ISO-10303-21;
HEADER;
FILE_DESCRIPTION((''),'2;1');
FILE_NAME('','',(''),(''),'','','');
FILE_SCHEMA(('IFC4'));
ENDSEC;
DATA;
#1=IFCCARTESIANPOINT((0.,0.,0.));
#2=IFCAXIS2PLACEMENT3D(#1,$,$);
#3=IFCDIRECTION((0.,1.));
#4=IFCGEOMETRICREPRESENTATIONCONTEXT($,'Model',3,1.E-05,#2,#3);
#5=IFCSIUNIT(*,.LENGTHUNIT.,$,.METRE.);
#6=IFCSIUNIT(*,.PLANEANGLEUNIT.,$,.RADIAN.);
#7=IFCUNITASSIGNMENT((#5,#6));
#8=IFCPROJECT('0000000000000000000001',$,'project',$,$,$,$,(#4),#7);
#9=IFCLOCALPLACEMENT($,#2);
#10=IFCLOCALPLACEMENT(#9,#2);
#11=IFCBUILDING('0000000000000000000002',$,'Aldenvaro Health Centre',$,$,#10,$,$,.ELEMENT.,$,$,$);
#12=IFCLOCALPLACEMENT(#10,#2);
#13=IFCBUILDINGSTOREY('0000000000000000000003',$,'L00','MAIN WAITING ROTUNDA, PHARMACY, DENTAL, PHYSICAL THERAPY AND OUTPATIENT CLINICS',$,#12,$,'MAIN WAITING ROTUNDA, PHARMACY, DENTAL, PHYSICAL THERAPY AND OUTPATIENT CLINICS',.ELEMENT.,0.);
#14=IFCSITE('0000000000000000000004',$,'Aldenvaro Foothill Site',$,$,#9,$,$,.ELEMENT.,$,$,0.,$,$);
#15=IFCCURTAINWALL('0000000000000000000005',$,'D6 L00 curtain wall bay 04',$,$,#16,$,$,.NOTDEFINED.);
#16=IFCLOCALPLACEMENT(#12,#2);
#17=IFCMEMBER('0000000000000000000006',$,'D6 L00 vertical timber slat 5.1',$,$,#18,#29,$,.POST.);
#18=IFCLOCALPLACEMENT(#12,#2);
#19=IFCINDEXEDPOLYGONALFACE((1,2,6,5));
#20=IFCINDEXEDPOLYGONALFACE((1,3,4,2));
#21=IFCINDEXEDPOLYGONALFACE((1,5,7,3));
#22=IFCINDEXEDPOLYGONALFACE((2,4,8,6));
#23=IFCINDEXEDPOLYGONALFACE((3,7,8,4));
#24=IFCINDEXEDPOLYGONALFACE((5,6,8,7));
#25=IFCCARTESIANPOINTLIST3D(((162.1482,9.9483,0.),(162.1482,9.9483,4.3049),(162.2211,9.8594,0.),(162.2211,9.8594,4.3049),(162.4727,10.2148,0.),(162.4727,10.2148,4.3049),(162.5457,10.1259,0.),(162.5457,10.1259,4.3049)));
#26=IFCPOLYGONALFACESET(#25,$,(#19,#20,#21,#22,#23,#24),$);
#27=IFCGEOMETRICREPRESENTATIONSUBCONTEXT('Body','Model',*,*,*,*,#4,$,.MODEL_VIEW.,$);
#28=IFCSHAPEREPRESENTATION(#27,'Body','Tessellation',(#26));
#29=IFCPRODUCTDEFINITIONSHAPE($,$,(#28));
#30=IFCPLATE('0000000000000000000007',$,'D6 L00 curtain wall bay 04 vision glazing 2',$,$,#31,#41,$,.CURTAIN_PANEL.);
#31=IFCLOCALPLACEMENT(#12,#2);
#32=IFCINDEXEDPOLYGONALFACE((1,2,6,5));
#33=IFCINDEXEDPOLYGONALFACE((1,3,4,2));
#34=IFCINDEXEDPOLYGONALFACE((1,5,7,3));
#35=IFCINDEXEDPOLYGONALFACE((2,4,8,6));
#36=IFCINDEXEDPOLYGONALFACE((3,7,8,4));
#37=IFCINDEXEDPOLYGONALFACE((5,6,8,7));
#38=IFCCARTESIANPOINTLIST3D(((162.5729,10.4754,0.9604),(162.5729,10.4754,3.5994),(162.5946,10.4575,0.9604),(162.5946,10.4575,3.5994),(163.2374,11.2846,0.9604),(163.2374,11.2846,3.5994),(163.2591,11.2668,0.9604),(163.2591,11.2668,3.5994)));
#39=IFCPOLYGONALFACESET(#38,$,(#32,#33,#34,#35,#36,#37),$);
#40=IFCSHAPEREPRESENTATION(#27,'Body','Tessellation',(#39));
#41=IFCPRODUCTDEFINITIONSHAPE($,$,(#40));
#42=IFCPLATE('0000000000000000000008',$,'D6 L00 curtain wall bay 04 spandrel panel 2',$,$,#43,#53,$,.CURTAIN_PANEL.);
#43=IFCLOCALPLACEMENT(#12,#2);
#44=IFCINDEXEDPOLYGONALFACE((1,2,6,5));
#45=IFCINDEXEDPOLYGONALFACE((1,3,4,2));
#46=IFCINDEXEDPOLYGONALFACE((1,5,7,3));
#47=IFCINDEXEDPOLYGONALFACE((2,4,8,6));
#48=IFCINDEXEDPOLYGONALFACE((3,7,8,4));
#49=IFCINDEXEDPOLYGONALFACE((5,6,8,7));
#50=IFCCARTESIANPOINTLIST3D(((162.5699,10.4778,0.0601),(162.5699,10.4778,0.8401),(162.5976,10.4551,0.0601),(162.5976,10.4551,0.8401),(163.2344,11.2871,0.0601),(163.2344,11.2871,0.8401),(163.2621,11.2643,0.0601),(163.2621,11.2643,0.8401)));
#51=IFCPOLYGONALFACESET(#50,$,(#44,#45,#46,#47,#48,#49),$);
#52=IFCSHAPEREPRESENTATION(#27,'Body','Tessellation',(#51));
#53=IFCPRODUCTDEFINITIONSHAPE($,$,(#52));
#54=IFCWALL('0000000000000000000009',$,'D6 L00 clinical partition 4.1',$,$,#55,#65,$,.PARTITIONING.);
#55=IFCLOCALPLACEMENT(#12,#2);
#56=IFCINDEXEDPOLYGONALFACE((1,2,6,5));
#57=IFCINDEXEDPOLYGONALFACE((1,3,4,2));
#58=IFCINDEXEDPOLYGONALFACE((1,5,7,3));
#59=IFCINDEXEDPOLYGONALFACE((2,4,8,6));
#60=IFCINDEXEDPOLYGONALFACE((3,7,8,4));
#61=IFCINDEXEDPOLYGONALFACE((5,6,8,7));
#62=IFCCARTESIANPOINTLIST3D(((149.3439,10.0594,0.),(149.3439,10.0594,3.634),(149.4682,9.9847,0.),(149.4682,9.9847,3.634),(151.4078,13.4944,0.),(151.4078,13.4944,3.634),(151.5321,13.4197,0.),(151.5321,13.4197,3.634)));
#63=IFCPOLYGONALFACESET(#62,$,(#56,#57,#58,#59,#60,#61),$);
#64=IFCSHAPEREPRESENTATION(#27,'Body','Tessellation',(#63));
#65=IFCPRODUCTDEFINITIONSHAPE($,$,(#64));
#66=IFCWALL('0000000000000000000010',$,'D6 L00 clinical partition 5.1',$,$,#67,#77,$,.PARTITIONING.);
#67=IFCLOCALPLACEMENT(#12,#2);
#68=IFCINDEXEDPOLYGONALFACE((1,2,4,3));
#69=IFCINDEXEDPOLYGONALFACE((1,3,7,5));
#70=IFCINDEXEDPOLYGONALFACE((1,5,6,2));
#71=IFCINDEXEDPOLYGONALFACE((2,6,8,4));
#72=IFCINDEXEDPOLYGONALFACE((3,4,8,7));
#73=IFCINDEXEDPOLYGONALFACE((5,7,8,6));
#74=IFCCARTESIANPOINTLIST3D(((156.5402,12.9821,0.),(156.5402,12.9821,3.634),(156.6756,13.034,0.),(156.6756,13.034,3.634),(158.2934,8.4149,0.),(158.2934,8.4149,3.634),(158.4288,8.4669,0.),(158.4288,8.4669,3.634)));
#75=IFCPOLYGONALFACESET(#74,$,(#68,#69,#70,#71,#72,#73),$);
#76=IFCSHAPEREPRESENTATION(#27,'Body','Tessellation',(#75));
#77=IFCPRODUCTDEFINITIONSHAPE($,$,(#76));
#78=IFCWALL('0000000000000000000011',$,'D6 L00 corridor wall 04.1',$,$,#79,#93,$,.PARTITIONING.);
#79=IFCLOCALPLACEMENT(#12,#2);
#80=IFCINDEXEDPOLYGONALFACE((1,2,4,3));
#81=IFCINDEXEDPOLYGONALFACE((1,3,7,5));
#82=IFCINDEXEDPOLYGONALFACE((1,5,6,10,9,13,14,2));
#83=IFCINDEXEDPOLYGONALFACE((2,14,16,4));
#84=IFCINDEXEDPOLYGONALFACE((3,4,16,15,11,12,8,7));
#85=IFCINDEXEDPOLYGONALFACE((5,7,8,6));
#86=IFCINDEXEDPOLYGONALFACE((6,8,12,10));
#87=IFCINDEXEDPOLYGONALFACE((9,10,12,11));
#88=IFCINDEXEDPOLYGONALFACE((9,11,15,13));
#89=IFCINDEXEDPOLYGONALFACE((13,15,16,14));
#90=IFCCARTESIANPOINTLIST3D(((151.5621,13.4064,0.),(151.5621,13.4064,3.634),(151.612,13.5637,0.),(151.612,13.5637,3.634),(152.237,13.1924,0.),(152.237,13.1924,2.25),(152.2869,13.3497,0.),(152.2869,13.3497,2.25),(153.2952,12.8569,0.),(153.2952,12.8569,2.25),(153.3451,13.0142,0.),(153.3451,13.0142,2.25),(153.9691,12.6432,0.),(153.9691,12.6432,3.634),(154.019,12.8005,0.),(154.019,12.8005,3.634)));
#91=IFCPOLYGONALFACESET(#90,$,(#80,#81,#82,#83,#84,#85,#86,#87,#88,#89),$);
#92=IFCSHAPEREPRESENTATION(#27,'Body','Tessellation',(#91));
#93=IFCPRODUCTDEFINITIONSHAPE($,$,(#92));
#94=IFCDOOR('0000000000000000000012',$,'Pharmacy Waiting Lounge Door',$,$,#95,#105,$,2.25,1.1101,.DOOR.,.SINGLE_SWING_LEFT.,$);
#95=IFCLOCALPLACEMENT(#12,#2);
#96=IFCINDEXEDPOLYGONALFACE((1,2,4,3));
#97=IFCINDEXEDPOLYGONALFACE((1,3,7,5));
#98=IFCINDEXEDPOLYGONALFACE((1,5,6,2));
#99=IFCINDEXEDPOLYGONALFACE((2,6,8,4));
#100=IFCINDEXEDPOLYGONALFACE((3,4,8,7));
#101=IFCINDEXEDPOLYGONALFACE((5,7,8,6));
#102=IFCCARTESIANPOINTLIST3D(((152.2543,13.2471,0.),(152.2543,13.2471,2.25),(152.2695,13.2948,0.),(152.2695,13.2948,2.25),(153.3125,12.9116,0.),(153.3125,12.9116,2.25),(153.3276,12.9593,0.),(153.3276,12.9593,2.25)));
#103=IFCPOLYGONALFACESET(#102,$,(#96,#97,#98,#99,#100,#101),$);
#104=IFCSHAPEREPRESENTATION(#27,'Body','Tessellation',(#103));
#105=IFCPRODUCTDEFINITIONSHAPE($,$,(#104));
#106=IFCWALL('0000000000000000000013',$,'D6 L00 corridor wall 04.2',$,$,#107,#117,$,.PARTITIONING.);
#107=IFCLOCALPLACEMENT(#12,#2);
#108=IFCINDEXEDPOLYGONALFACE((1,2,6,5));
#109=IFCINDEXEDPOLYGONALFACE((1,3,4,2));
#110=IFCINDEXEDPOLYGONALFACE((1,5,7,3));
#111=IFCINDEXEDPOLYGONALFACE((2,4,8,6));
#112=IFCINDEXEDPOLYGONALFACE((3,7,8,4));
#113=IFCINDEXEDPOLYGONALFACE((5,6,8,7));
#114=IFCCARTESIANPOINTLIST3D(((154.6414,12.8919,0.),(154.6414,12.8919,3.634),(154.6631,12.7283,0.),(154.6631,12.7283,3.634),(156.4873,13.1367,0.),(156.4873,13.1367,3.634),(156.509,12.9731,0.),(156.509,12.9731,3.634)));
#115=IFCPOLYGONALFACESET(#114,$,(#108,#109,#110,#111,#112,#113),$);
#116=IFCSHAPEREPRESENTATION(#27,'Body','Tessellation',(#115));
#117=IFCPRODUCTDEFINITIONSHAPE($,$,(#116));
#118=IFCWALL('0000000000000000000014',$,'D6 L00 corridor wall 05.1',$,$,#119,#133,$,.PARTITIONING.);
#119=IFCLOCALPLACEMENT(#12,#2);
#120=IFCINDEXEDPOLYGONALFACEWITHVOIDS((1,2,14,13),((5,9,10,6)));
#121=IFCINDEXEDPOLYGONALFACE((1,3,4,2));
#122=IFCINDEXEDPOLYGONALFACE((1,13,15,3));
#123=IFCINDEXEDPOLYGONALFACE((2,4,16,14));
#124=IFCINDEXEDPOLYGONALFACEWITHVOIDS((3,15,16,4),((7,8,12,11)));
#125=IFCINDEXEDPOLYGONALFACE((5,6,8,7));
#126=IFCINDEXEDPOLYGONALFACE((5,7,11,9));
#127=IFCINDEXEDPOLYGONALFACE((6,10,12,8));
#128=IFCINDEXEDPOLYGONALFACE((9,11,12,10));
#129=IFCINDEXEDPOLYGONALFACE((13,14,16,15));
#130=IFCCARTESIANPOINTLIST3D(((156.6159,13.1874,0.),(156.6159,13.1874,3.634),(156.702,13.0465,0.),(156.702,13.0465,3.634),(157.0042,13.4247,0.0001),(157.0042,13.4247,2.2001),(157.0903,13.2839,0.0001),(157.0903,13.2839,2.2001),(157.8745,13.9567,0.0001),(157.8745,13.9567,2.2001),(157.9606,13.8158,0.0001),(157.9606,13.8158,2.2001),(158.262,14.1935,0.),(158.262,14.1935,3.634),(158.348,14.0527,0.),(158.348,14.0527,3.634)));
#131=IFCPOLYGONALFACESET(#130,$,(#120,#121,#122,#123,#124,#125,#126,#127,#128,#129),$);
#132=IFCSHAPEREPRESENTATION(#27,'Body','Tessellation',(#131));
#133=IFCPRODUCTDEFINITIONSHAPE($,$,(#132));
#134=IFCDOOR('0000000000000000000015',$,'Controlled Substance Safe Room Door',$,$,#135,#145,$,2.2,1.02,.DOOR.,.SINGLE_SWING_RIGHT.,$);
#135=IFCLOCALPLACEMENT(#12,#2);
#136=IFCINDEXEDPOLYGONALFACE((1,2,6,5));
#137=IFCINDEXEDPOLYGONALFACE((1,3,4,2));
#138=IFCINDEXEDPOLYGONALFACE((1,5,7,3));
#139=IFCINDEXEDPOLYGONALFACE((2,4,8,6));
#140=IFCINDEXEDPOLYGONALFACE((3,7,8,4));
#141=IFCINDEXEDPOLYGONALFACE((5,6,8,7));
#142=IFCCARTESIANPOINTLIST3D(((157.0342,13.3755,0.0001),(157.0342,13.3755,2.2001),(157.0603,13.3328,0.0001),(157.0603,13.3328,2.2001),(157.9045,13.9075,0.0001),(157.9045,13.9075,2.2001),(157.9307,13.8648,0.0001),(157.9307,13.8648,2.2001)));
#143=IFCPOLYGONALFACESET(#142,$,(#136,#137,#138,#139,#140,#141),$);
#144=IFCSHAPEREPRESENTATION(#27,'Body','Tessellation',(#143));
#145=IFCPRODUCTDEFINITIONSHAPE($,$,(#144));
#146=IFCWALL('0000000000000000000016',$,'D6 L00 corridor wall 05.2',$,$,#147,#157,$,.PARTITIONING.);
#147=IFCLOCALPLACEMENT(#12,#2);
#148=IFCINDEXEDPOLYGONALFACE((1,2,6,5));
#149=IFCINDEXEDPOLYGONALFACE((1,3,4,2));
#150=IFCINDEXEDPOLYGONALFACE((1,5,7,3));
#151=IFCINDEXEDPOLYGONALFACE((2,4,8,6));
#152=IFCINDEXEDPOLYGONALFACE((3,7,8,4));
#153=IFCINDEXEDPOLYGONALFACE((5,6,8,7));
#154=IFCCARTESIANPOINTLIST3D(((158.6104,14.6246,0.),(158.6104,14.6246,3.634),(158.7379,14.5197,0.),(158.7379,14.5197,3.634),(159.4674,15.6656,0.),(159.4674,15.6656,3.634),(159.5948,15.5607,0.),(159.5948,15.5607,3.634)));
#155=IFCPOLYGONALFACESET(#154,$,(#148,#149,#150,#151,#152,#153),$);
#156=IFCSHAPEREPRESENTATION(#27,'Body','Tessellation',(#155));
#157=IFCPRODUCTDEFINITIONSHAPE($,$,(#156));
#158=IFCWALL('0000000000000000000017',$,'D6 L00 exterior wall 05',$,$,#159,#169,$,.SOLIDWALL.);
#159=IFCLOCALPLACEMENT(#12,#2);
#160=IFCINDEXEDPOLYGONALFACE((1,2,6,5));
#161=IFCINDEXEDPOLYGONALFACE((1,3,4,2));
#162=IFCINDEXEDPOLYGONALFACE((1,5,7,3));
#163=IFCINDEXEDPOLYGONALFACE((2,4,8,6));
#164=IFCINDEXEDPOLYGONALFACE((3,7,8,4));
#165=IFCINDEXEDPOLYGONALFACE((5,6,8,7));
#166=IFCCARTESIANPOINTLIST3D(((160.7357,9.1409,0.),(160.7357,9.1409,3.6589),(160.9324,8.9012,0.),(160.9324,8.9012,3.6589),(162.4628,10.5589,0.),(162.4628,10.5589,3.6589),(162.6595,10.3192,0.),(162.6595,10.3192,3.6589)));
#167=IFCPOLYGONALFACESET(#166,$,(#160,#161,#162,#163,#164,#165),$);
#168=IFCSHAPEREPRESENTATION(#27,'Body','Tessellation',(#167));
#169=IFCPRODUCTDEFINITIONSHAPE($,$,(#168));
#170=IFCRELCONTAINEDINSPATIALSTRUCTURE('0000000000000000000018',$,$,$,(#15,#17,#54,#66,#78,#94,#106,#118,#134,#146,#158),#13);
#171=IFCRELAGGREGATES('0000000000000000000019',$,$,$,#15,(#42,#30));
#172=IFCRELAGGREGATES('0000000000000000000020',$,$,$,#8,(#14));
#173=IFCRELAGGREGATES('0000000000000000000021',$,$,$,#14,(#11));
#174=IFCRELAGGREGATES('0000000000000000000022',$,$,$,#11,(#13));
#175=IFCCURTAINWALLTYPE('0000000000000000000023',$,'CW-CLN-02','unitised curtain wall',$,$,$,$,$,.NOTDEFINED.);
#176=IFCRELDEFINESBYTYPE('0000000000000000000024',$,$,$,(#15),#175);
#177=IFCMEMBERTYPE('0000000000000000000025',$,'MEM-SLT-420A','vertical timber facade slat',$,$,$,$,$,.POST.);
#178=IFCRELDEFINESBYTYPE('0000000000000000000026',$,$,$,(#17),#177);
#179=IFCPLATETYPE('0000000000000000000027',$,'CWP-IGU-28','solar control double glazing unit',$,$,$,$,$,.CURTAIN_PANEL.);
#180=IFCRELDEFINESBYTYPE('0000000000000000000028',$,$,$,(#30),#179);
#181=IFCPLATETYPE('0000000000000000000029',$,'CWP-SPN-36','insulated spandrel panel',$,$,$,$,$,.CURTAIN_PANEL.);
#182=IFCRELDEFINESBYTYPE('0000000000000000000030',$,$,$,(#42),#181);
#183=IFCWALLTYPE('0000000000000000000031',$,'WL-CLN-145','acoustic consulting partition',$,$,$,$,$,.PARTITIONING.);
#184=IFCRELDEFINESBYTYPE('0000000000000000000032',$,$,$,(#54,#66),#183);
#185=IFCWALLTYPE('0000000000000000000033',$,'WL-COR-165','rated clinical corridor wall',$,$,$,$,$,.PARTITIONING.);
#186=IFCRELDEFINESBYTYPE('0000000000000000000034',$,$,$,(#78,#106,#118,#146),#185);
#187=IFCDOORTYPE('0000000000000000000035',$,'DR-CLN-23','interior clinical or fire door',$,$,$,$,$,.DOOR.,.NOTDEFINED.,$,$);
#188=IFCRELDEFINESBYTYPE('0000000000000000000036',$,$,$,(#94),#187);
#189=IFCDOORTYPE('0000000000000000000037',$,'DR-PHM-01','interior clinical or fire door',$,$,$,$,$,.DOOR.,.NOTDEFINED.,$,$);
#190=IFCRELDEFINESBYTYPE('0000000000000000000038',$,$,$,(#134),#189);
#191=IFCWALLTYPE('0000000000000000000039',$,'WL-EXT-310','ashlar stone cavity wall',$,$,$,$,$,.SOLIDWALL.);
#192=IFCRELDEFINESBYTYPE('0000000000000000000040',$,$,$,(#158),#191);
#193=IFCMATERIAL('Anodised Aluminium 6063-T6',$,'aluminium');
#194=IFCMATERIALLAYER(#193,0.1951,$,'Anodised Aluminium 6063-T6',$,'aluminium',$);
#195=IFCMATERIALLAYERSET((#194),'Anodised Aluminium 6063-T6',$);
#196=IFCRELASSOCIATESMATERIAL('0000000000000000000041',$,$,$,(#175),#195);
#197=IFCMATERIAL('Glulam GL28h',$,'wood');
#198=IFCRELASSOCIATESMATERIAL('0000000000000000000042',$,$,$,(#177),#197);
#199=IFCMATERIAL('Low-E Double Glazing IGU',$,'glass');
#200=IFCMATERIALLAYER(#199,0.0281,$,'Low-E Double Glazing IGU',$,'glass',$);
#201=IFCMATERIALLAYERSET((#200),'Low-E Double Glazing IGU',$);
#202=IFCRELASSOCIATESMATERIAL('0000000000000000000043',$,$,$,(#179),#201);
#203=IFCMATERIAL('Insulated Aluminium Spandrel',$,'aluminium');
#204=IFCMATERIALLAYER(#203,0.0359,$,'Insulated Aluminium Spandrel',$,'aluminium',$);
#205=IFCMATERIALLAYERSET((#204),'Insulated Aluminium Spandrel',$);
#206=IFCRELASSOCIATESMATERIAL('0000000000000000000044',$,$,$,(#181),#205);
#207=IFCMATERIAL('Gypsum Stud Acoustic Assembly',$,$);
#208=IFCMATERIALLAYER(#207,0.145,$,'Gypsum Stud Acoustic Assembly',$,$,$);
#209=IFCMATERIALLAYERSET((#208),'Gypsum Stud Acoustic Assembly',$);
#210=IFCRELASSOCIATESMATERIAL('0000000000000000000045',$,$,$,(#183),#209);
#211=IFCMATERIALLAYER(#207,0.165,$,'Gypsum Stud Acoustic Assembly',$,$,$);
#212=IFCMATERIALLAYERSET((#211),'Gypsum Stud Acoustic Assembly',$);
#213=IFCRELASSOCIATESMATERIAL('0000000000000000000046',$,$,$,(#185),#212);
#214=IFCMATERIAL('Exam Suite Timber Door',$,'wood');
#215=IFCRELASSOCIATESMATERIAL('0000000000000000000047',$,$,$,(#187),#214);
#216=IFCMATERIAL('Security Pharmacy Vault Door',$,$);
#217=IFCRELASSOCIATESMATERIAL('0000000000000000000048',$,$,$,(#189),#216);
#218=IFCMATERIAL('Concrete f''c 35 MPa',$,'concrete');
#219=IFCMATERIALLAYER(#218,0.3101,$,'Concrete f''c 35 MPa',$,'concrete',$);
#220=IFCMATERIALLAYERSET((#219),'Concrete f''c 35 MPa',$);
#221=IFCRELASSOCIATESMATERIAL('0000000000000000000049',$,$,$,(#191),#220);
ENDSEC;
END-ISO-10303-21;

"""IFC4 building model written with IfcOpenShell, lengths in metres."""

from ifc_helpers import new_model, si_unit, direction, frame, frame_2d, origin, origin_2d, place, context, subcontext, project, spatial, rectangle, extrude, material, layer, layer_set, material_profile, profile_set, type_object, element, fill, aggregate, save


model = new_model("IFC4")

# Units and contexts
model_context = context("Model", 3, precision=1e-05, world=origin(), true_north=direction((0.0, 1.0)))
body_context = subcontext(model_context, "Body", "Model", "MODEL_VIEW")
ifc_project = project(units=[si_unit("LENGTHUNIT", "METRE"), si_unit("PLANEANGLEUNIT", "RADIAN")], contexts=[model_context])

# Site, building, storey
site_placement = place(None, origin())
site = spatial("IfcSite", under=ifc_project, at=site_placement, Name="Aldenvaro Foothill Site", CompositionType="ELEMENT", RefElevation=0.0)
building_placement = place(site_placement, origin())
building = spatial("IfcBuilding", under=site, at=building_placement, Name="Aldenvaro Health Centre", CompositionType="ELEMENT")
storey_placement = place(building_placement, origin())
storey = spatial("IfcBuildingStorey", under=building, at=storey_placement, Name="L00", Description="MAIN WAITING ROTUNDA, PHARMACY, DENTAL, PHYSICAL THERAPY AND OUTPATIENT CLINICS", LongName="MAIN WAITING ROTUNDA, PHARMACY, DENTAL, PHYSICAL THERAPY AND OUTPATIENT CLINICS", CompositionType="ELEMENT", Elevation=0.0)

# Shared definitions
ifc_material_1 = material(Name="Glulam GL28h", Category="wood")

# Curtain wall
ifc_material_2 = material(Name="Anodised Aluminium 6063-T6", Category="aluminium")
ifc_layer_1 = layer(ifc_material_2, 0.1951, Name="Anodised Aluminium 6063-T6", Category="aluminium")
ifc_layer_set_1 = layer_set([ifc_layer_1], Name="Anodised Aluminium 6063-T6")
curtain_wall_type = type_object("IfcCurtainWallType", Name="CW-CLN-02", Description="unitised curtain wall", PredefinedType="NOTDEFINED", material=ifc_layer_set_1)
curtain_wall_placement = place(storey_placement, origin())
curtain_wall = element("IfcCurtainWall", 1, at=curtain_wall_placement, inside=storey, type_object=curtain_wall_type, Name="D6 L00 curtain wall bay 04", PredefinedType="NOTDEFINED")

# Member
ifc_material_profile_1 = material_profile(ifc_material_1, rectangle(XDim=0.115, YDim=0.4199, at=origin_2d()), Name="GL 115x420", Category="wood")
ifc_profile_set_1 = profile_set([ifc_material_profile_1], Name="Glulam GL28h")
member_type_1 = type_object("IfcMemberType", Name="MEM-SLT-420A", Description="vertical timber facade slat", PredefinedType="POST", material=ifc_profile_set_1)
for number, where, z_axis, x_axis, name in (
    (2, (162.3469, 10.0371, 0.0), (0.0, 0.0, 1.0), (0.634577, -0.77286, 0.0), "D6 L00 vertical timber slat 5.1"),
):
    element("IfcMember", number, at=place(storey_placement, frame(where, z_axis=z_axis, x_axis=x_axis)), inside=storey, type_object=member_type_1, Name=name, PredefinedType="POST", context=body_context, shape_type="SweptSolid", body=[
        extrude(rectangle(XDim=0.115, YDim=0.4199, at=origin_2d()), origin(), (0.0, 0.0, 1.0), 4.3049),
    ])

# Plates
ifc_material_3 = material(Name="Low-E Double Glazing IGU", Category="glass")
ifc_layer_2 = layer(ifc_material_3, 0.0281, Name="Low-E Double Glazing IGU", Category="glass")
ifc_layer_set_2 = layer_set([ifc_layer_2], Name="Low-E Double Glazing IGU")
plate_type_1 = type_object("IfcPlateType", Name="CWP-IGU-28", Description="solar control double glazing unit", PredefinedType="CURTAIN_PANEL", material=ifc_layer_set_2)
plate_1_placement = place(storey_placement, frame((162.916, 10.8711, 0.9604), z_axis=(0.0, 0.0, 1.0), x_axis=(-0.634577, -0.77286, 0.0)))
plate_1 = element("IfcPlate", 3, at=plate_1_placement, type_object=plate_type_1, Name="D6 L00 curtain wall bay 04 vision glazing 2", PredefinedType="CURTAIN_PANEL", context=body_context, shape_type="SweptSolid", body=[
    extrude(rectangle(XDim=1.0471, YDim=0.0281, at=origin_2d()), origin(), (0.0, 0.0, 1.0), 2.6389),
])
ifc_material_4 = material(Name="Insulated Aluminium Spandrel", Category="aluminium")
ifc_layer_3 = layer(ifc_material_4, 0.0359, Name="Insulated Aluminium Spandrel", Category="aluminium")
ifc_layer_set_3 = layer_set([ifc_layer_3], Name="Insulated Aluminium Spandrel")
plate_type_2 = type_object("IfcPlateType", Name="CWP-SPN-36", Description="insulated spandrel panel", PredefinedType="CURTAIN_PANEL", material=ifc_layer_set_3)
plate_2_placement = place(storey_placement, frame((162.916, 10.8711, 0.0601), z_axis=(0.0, 0.0, 1.0), x_axis=(-0.634577, -0.77286, 0.0)))
plate_2 = element("IfcPlate", 4, at=plate_2_placement, type_object=plate_type_2, Name="D6 L00 curtain wall bay 04 spandrel panel 2", PredefinedType="CURTAIN_PANEL", context=body_context, shape_type="SweptSolid", body=[
    extrude(rectangle(XDim=1.0471, YDim=0.0359, at=origin_2d()), origin(), (0.0, 0.0, 1.0), 0.78),
])
aggregate(curtain_wall, [plate_2, plate_1])

# Walls
ifc_material_5 = material(Name="Gypsum Stud Acoustic Assembly")
ifc_layer_4 = layer(ifc_material_5, 0.145, Name="Gypsum Stud Acoustic Assembly")
ifc_layer_set_4 = layer_set([ifc_layer_4], Name="Gypsum Stud Acoustic Assembly")
wall_type_1 = type_object("IfcWallType", Name="WL-CLN-145", Description="acoustic consulting partition", PredefinedType="PARTITIONING", material=ifc_layer_set_4)
wall_1_placement = place(storey_placement, frame((151.47, 13.457, 0.0), z_axis=(0.0, 0.0, 1.0), x_axis=(-0.515033, -0.85717, 0.0)))
element("IfcWall", 5, at=wall_1_placement, inside=storey, type_object=wall_type_1, Name="D6 L00 clinical partition 4.1", PredefinedType="PARTITIONING", context=body_context, shape_type="SweptSolid", body=[
    extrude(rectangle(XDim=4.0073, YDim=0.145, at=frame_2d((2.0037, 0.0))), origin(), (0.0, 0.0, 1.0), 3.634),
])
wall_2_placement = place(storey_placement, frame((156.6079, 13.0081, 0.0), z_axis=(0.0, 0.0, 1.0), x_axis=(0.35837, -0.933579, 0.0)))
element("IfcWall", 6, at=wall_2_placement, inside=storey, type_object=wall_type_1, Name="D6 L00 clinical partition 5.1", PredefinedType="PARTITIONING", context=body_context, shape_type="SweptSolid", body=[
    extrude(rectangle(XDim=4.8921, YDim=0.145, at=frame_2d((2.446, 0.0))), origin(), (0.0, 0.0, 1.0), 3.634),
])

# Wall, opening, door
ifc_layer_5 = layer(ifc_material_5, 0.165, Name="Gypsum Stud Acoustic Assembly")
ifc_layer_set_5 = layer_set([ifc_layer_5], Name="Gypsum Stud Acoustic Assembly")
wall_type_2 = type_object("IfcWallType", Name="WL-COR-165", Description="rated clinical corridor wall", PredefinedType="PARTITIONING", material=ifc_layer_set_5)
wall_3_placement = place(storey_placement, frame((151.5869, 13.4851, 0.0), z_axis=(0.0, 0.0, 1.0), x_axis=(0.953231, -0.302242, 0.0)))
wall_3 = element("IfcWall", 7, at=wall_3_placement, inside=storey, type_object=wall_type_2, Name="D6 L00 corridor wall 04.1", PredefinedType="PARTITIONING", context=body_context, shape_type="SweptSolid", body=[
    extrude(rectangle(XDim=2.5251, YDim=0.165, at=frame_2d((1.2627, 0.0))), origin(), (0.0, 0.0, 1.0), 3.634),
])
opening_1_placement = place(wall_3_placement, frame((0.708, 0.0, 0.0)))
opening_1 = element("IfcOpeningElement", 8, at=opening_1_placement, cuts=wall_3, PredefinedType="OPENING", context=body_context, shape_type="SweptSolid", body=[
    extrude(rectangle(XDim=1.1101, YDim=2.25, at=frame_2d((0.5552, 1.125))), frame((0.0, 0.0925, 0.0), z_axis=(0.0, -1.0, 0.0), x_axis=(1.0, 0.0, 0.0)), (0.0, 0.0, 1.0), 0.1851),
])
ifc_material_6 = material(Name="Exam Suite Timber Door", Category="wood")
door_type_1 = type_object("IfcDoorType", Name="DR-CLN-23", Description="interior clinical or fire door", OperationType="NOTDEFINED", PredefinedType="DOOR", material=ifc_material_6)
door_1_placement = place(opening_1_placement, origin())
door_1 = element("IfcDoor", 9, at=door_1_placement, inside=storey, type_object=door_type_1, Name="Pharmacy Waiting Lounge Door", OperationType="SINGLE_SWING_LEFT", OverallHeight=2.25, OverallWidth=1.1101, PredefinedType="DOOR", context=body_context, shape_type="SweptSolid", body=[
    extrude(rectangle(XDim=1.1101, YDim=2.25, at=frame_2d((0.5552, 1.125))), frame((0.0, 0.0249, 0.0), z_axis=(0.0, -1.0, 0.0), x_axis=(1.0, 0.0, 0.0)), (0.0, 0.0, 1.0), 0.05),
])
fill(opening_1, door_1)

# Wall
wall_4_placement = place(storey_placement, frame((154.6521, 12.8101, 0.0), z_axis=(0.0, 0.0, 1.0), x_axis=(0.991316, 0.131502, 0.0)))
element("IfcWall", 10, at=wall_4_placement, inside=storey, type_object=wall_type_2, Name="D6 L00 corridor wall 04.2", PredefinedType="PARTITIONING", context=body_context, shape_type="SweptSolid", body=[
    extrude(rectangle(XDim=1.8621, YDim=0.165, at=frame_2d((0.9312, 0.0))), origin(), (0.0, 0.0, 1.0), 3.634),
])

# Wall, opening, door
wall_5_placement = place(storey_placement, frame((156.6589, 13.1169, 0.0), z_axis=(0.0, 0.0, 1.0), x_axis=(0.853232, 0.521532, 0.0)))
wall_5 = element("IfcWall", 11, at=wall_5_placement, inside=storey, type_object=wall_type_2, Name="D6 L00 corridor wall 05.1", PredefinedType="PARTITIONING", context=body_context, shape_type="SweptSolid", body=[
    extrude(rectangle(XDim=1.9292, YDim=0.165, at=frame_2d((0.9646, 0.0))), origin(), (0.0, 0.0, 1.0), 3.634),
])
opening_2_placement = place(wall_5_placement, frame((0.4551, 0.0, 0.0)))
opening_2 = element("IfcOpeningElement", 12, at=opening_2_placement, cuts=wall_5, PredefinedType="OPENING", context=body_context, shape_type="SweptSolid", body=[
    extrude(rectangle(XDim=1.02, YDim=2.2, at=frame_2d((0.51, 1.1001))), frame((0.0, 0.0925, 0.0), z_axis=(0.0, -1.0, 0.0), x_axis=(1.0, 0.0, 0.0)), (0.0, 0.0, 1.0), 0.1851),
])
ifc_material_7 = material(Name="Security Pharmacy Vault Door")
door_type_2 = type_object("IfcDoorType", Name="DR-PHM-01", Description="interior clinical or fire door", OperationType="NOTDEFINED", PredefinedType="DOOR", material=ifc_material_7)
door_2_placement = place(opening_2_placement, origin())
door_2 = element("IfcDoor", 13, at=door_2_placement, inside=storey, type_object=door_type_2, Name="Controlled Substance Safe Room Door", OperationType="SINGLE_SWING_RIGHT", OverallHeight=2.2, OverallWidth=1.02, PredefinedType="DOOR", context=body_context, shape_type="SweptSolid", body=[
    extrude(rectangle(XDim=1.02, YDim=2.2, at=frame_2d((0.51, 1.1001))), frame((0.0, 0.0249, 0.0), z_axis=(0.0, -1.0, 0.0), x_axis=(1.0, 0.0, 0.0)), (0.0, 0.0, 1.0), 0.05),
])
fill(opening_2, door_2)

# Walls
wall_6_placement = place(storey_placement, frame((158.6741, 14.572, 0.0), z_axis=(0.0, 0.0, 1.0), x_axis=(0.635542, 0.772066, 0.0)))
element("IfcWall", 14, at=wall_6_placement, inside=storey, type_object=wall_type_2, Name="D6 L00 corridor wall 05.2", PredefinedType="PARTITIONING", context=body_context, shape_type="SweptSolid", body=[
    extrude(rectangle(XDim=1.3484, YDim=0.165, at=frame_2d((0.6743, 0.0))), origin(), (0.0, 0.0, 1.0), 3.634),
])
ifc_material_8 = material(Name="Concrete f'c 35 MPa", Category="concrete")
ifc_layer_6 = layer(ifc_material_8, 0.3101, Name="Concrete f'c 35 MPa", Category="concrete")
ifc_layer_set_6 = layer_set([ifc_layer_6], Name="Concrete f'c 35 MPa")
wall_type_3 = type_object("IfcWallType", Name="WL-EXT-310", Description="ashlar stone cavity wall", PredefinedType="SOLIDWALL", material=ifc_layer_set_6)
wall_7_placement = place(storey_placement, frame((162.561, 10.439, 0.0), z_axis=(0.0, 0.0, 1.0), x_axis=(-0.772876, -0.634558, 0.0)))
element("IfcWall", 15, at=wall_7_placement, inside=storey, type_object=wall_type_3, Name="D6 L00 exterior wall 05", PredefinedType="SOLIDWALL", context=body_context, shape_type="SweptSolid", body=[
    extrude(rectangle(XDim=2.2346, YDim=0.3101, at=frame_2d((1.1172, 0.0))), origin(), (0.0, 0.0, 1.0), 3.6589),
])

save(model, "model.ifc")
